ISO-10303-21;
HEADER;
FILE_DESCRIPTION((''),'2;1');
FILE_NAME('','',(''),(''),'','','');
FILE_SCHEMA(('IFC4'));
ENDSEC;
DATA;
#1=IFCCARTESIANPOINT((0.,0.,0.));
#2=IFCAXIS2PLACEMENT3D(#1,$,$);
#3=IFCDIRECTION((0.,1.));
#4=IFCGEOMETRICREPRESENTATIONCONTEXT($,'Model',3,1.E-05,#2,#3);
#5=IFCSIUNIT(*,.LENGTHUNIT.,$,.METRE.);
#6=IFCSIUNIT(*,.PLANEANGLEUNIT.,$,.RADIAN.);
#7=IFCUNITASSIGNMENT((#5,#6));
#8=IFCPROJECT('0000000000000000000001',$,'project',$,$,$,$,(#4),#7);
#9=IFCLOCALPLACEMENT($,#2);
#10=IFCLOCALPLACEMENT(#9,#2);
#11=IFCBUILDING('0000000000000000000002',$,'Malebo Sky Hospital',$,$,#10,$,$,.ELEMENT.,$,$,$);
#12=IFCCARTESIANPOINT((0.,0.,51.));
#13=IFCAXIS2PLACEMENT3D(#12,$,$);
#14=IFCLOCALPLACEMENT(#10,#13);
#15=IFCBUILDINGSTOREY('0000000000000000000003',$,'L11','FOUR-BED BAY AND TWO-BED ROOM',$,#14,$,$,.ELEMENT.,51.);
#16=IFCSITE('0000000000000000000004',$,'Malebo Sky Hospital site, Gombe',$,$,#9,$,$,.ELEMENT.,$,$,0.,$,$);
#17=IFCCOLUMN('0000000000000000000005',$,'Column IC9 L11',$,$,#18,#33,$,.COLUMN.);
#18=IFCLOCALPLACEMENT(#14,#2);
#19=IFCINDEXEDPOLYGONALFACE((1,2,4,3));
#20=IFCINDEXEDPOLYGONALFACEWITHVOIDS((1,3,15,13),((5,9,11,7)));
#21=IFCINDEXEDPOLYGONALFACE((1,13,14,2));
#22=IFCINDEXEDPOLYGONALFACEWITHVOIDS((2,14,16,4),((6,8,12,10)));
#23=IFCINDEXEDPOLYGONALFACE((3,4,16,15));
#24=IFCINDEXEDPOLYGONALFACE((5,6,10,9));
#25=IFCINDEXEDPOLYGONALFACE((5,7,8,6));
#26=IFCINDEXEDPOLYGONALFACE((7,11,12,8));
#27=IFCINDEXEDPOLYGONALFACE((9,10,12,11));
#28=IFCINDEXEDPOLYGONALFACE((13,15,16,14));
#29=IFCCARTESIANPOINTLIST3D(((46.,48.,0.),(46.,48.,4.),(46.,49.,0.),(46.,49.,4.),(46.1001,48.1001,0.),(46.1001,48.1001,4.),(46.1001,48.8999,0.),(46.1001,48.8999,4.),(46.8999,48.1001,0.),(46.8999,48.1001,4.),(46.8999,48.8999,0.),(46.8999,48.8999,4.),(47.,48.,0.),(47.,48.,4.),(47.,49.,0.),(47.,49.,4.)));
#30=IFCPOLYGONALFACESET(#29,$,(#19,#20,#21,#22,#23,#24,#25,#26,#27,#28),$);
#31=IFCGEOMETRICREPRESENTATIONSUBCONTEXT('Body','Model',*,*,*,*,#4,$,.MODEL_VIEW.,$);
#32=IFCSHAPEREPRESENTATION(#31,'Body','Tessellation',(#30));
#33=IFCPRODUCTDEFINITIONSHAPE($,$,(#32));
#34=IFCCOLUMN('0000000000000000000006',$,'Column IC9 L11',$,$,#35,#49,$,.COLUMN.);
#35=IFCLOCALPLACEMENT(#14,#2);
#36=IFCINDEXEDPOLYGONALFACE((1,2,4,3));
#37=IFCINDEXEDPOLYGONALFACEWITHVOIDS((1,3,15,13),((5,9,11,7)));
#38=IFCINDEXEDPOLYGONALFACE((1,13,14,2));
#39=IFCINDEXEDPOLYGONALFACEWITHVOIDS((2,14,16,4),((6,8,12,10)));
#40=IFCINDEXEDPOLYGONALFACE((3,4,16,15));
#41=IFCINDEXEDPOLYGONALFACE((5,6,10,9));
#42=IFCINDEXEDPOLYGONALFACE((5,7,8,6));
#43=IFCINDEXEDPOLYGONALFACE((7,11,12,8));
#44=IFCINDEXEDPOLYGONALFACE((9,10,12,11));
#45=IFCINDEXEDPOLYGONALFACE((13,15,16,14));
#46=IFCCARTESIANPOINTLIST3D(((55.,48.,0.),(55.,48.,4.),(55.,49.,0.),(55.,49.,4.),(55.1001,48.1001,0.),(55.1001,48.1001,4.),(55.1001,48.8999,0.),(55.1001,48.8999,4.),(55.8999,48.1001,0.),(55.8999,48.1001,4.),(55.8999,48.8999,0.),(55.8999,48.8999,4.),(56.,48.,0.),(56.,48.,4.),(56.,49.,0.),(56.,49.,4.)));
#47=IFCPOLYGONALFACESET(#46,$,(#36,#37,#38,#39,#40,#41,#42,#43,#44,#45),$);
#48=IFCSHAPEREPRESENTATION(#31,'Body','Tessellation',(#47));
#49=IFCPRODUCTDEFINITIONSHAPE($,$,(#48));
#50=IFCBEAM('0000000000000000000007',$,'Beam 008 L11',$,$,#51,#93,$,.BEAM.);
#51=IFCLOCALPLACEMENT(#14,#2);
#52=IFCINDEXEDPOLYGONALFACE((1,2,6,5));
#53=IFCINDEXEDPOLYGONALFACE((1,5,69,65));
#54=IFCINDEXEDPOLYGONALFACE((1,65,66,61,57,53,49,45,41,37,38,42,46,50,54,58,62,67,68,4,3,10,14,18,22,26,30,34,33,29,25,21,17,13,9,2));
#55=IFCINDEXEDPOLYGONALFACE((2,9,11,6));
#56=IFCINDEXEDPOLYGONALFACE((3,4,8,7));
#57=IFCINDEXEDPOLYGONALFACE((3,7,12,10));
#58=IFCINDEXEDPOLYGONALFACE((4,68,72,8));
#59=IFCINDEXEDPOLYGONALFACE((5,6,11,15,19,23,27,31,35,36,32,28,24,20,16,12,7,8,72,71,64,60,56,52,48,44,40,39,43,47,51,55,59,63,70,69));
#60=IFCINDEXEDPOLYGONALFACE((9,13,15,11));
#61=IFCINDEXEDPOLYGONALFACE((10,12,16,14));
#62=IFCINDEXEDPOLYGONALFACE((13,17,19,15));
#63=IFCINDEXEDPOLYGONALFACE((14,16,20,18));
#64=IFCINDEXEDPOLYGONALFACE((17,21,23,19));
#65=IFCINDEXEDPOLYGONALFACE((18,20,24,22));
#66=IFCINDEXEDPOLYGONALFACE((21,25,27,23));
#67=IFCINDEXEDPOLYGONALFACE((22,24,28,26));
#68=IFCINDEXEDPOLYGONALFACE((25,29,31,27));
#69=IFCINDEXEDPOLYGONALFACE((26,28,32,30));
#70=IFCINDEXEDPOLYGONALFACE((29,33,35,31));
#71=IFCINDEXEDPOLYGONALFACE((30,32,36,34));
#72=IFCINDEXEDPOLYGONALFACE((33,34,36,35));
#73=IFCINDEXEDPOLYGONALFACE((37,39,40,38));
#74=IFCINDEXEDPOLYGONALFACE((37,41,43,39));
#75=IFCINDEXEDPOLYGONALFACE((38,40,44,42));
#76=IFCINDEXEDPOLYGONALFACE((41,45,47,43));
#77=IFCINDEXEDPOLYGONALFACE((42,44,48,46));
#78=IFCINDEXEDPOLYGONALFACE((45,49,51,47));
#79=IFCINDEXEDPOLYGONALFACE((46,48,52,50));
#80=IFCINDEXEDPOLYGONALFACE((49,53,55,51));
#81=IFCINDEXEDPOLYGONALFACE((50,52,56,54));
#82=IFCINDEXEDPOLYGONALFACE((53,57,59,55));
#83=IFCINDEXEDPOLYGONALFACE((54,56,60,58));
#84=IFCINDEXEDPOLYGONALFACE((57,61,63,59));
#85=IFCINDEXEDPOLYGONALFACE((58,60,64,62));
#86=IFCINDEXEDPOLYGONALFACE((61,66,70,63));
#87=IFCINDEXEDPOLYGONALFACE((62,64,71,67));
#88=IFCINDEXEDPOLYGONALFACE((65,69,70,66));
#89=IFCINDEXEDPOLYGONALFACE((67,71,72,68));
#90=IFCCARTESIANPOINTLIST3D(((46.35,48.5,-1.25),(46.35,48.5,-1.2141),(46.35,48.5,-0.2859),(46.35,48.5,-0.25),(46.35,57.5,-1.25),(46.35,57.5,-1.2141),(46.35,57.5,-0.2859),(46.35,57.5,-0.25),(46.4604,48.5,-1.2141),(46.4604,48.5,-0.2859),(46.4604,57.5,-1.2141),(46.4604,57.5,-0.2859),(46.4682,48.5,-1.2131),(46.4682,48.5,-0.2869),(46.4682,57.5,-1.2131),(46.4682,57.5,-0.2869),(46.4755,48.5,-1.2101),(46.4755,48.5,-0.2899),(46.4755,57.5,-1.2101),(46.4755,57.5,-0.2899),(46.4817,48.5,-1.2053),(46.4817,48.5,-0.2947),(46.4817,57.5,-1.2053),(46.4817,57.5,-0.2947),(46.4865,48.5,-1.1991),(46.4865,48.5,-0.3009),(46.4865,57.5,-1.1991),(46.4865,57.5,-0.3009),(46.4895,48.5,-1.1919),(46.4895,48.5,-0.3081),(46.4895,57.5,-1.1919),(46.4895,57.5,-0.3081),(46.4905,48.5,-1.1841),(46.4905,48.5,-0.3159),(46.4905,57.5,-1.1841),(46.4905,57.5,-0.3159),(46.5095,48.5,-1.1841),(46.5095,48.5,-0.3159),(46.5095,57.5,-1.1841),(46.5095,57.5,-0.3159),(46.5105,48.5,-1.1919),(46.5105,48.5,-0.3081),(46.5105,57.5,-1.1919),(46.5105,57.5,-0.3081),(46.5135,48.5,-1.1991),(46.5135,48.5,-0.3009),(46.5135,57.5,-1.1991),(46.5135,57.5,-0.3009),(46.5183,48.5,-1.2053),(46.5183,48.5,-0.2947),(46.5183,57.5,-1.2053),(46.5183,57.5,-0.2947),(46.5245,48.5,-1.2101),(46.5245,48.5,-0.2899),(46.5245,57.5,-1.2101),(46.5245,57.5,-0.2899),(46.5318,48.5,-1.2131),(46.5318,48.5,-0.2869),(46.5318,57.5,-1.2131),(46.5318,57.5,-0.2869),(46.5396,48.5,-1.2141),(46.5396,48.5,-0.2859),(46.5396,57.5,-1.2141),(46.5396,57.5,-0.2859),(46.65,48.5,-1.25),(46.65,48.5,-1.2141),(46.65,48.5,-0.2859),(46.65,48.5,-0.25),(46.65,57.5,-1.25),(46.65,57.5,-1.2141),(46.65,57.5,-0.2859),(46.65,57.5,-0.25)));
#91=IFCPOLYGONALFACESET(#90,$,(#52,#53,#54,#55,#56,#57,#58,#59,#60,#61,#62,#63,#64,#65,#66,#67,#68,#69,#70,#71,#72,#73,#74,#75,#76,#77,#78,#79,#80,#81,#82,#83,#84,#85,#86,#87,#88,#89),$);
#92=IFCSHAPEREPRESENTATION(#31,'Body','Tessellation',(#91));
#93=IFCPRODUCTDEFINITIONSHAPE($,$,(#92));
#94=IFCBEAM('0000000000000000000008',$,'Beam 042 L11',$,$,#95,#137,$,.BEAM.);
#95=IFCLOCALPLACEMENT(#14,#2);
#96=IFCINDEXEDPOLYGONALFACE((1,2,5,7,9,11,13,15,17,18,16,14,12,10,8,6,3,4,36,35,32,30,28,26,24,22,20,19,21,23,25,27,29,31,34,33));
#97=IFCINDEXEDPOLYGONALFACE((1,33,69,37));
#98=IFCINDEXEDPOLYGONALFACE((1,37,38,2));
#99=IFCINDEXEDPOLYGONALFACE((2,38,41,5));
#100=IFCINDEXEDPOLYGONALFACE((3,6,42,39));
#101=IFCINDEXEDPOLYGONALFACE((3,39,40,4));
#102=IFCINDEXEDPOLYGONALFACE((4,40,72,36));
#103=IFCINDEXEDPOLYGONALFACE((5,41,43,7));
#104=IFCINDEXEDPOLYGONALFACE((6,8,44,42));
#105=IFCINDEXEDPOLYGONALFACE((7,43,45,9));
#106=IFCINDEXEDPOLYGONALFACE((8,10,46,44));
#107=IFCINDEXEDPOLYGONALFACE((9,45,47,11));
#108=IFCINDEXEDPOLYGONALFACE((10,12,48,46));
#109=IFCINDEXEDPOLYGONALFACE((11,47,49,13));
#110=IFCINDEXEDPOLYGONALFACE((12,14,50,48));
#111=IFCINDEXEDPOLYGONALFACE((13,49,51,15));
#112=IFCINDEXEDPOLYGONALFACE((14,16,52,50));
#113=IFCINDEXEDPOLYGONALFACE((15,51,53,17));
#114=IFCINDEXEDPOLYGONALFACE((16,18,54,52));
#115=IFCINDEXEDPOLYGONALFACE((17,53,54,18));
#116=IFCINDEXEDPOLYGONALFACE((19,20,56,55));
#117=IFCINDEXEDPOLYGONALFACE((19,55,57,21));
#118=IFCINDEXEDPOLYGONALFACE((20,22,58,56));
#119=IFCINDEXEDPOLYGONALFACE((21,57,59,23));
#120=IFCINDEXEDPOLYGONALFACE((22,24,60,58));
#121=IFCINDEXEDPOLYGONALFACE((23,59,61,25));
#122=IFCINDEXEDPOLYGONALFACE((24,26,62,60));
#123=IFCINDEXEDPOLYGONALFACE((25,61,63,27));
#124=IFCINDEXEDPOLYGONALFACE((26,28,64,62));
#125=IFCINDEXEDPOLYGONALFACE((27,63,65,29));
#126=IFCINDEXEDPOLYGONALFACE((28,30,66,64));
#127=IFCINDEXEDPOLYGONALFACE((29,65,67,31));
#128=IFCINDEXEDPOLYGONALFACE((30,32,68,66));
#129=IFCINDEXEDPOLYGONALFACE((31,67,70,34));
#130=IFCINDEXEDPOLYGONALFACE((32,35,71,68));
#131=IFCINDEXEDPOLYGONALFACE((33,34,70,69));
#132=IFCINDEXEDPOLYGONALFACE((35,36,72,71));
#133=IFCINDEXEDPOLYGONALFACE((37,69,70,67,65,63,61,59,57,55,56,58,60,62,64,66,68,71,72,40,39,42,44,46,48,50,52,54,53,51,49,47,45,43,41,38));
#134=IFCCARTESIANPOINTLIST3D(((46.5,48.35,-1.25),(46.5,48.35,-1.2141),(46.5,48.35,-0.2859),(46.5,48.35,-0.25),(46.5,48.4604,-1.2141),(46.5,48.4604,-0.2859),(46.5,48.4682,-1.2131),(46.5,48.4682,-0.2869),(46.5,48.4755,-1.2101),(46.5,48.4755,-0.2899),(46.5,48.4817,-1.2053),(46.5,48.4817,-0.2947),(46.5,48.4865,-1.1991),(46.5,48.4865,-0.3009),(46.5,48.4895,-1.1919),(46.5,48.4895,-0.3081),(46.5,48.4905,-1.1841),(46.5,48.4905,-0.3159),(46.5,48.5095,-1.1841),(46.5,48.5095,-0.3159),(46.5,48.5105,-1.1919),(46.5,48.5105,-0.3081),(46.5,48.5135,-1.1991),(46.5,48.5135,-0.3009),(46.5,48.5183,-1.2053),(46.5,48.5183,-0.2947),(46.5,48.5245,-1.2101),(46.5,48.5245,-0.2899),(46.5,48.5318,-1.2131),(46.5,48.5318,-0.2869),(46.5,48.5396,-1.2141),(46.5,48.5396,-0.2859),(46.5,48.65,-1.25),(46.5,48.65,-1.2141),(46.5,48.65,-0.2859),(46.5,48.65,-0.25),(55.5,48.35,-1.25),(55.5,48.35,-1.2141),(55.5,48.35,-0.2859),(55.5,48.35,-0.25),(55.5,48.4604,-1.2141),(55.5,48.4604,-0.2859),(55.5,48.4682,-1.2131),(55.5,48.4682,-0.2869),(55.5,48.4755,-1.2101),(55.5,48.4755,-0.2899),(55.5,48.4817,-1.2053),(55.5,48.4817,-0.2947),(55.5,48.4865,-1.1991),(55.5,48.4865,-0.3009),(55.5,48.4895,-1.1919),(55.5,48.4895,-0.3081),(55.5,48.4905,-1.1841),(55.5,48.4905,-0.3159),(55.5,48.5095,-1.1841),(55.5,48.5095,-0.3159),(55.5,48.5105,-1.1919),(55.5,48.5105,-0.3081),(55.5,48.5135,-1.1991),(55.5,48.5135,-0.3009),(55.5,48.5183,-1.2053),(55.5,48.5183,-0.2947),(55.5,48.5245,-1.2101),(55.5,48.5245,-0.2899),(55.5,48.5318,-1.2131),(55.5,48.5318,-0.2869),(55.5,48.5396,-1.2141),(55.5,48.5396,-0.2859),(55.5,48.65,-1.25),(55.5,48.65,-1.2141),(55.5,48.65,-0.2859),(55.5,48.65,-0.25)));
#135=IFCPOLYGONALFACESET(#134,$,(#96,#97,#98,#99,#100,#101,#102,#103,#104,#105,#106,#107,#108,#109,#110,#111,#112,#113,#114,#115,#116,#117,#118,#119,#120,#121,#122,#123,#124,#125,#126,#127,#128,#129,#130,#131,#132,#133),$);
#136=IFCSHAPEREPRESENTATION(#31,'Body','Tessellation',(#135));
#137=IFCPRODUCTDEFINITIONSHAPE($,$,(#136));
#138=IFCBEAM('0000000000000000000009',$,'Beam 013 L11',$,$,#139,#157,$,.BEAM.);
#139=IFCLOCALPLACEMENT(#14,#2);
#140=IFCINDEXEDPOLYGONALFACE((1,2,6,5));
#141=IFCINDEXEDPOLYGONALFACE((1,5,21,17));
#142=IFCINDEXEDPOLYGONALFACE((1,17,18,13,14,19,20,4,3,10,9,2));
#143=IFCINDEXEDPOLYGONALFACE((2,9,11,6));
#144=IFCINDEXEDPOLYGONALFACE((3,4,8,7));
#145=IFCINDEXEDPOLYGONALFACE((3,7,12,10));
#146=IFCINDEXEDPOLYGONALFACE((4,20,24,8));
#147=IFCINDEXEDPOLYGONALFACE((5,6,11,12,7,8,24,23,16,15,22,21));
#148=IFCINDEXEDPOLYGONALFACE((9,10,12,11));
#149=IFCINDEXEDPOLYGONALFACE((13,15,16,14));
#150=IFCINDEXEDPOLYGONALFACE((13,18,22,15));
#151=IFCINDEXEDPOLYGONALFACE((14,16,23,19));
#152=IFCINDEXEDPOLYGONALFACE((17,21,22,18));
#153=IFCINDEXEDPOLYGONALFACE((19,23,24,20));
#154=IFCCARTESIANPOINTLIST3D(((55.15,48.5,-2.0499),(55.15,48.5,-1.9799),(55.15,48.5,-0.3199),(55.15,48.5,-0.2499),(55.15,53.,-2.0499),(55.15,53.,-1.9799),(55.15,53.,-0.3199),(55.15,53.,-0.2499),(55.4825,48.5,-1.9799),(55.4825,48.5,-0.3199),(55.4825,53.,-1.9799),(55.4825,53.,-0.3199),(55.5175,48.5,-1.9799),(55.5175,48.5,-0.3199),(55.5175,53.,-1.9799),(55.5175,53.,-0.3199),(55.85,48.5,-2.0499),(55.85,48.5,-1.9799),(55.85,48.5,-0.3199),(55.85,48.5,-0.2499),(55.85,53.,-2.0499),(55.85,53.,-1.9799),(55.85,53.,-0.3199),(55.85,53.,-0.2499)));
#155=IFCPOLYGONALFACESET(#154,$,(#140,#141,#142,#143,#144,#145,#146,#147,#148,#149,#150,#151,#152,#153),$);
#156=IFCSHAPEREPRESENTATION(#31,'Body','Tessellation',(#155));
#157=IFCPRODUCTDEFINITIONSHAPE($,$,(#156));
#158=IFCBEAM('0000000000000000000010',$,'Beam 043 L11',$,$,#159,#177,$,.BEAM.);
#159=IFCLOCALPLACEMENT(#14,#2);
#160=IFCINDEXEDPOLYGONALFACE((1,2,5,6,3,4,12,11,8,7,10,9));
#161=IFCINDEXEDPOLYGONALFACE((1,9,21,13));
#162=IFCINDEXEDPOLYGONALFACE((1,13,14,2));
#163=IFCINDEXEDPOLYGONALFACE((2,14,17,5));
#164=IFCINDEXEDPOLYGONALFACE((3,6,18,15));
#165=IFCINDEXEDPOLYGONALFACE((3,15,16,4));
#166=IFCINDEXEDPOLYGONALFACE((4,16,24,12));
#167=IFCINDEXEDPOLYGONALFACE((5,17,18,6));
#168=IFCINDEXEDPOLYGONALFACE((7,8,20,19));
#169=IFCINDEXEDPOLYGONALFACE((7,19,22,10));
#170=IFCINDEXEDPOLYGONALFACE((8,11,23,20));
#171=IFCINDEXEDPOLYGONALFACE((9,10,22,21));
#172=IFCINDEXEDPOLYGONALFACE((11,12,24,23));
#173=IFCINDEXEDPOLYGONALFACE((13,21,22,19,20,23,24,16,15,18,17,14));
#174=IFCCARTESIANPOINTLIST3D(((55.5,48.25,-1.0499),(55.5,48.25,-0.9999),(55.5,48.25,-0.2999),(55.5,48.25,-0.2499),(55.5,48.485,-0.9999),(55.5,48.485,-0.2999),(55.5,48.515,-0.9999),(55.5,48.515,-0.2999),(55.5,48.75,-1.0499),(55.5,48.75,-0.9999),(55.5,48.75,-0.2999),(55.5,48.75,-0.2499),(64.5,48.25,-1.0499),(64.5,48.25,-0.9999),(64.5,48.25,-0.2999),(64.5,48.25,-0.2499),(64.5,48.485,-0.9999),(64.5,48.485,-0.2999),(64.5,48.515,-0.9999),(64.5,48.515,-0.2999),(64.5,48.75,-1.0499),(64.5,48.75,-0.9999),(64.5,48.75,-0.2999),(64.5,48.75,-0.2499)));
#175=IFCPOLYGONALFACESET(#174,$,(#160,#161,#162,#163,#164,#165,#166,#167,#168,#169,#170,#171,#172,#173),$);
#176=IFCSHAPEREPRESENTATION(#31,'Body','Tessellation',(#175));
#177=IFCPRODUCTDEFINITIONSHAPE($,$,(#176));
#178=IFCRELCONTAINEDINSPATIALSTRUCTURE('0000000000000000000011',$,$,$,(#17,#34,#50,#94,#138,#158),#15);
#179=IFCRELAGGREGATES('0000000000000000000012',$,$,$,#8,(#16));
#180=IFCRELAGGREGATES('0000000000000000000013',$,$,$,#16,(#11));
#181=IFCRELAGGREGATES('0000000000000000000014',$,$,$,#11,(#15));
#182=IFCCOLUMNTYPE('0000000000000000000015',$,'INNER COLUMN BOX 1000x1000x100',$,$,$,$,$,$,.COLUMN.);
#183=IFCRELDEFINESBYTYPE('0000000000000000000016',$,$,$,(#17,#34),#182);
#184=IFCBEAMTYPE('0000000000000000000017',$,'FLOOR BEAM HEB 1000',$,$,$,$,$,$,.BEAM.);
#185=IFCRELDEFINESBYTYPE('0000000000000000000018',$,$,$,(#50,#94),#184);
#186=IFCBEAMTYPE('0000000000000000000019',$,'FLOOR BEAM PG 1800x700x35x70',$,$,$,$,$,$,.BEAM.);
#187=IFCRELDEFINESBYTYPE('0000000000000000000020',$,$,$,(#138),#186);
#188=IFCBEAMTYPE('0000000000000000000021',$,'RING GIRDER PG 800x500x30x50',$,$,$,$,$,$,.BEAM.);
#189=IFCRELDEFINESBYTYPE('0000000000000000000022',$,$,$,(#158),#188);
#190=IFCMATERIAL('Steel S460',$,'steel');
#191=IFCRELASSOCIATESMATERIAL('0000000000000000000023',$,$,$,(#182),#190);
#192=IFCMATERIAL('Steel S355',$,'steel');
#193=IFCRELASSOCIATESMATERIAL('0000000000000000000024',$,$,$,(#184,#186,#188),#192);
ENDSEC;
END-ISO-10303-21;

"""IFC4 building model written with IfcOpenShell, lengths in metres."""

from ifc_helpers import new_model, si_unit, direction, frame, origin, origin_2d, place, context, subcontext, project, spatial, hollow_rectangle, i_section, extrude, material, material_profile, profile_set, type_object, element, save


model = new_model("IFC4")

# Units and contexts
model_context = context("Model", 3, precision=1e-05, world=origin(), true_north=direction((0.0, 1.0)))
body_context = subcontext(model_context, "Body", "Model", "MODEL_VIEW")
ifc_project = project(units=[si_unit("LENGTHUNIT", "METRE"), si_unit("PLANEANGLEUNIT", "RADIAN")], contexts=[model_context])

# Site, building, storey
site_placement = place(None, origin())
site = spatial("IfcSite", under=ifc_project, at=site_placement, Name="Malebo Sky Hospital site, Gombe", CompositionType="ELEMENT", RefElevation=0.0)
building_placement = place(site_placement, origin())
building = spatial("IfcBuilding", under=site, at=building_placement, Name="Malebo Sky Hospital", CompositionType="ELEMENT")
storey_placement = place(building_placement, frame((0.0, 0.0, 51.0)))
storey = spatial("IfcBuildingStorey", under=building, at=storey_placement, Name="L11", Description="FOUR-BED BAY AND TWO-BED ROOM", CompositionType="ELEMENT", Elevation=51.0)

# Columns
ifc_material_1 = material(Name="Steel S460", Category="steel")
ifc_material_profile_1 = material_profile(ifc_material_1, hollow_rectangle(XDim=1.0, YDim=1.0, WallThickness=0.1001, at=origin_2d()), Name="BOX 1000x1000x100")
ifc_profile_set_1 = profile_set([ifc_material_profile_1], Name="Steel S460")
column_type = type_object("IfcColumnType", Name="INNER COLUMN BOX 1000x1000x100", PredefinedType="COLUMN", material=ifc_profile_set_1)
for number, where, z_axis, x_axis, name in (
    (1, (46.5, 48.5, 0.0), (0.0, 0.0, 1.0), (1.0, 0.0, 0.0), "Column IC9 L11"),
    (2, (55.5, 48.5, 0.0), (0.0, 0.0, 1.0), (1.0, 0.0, 0.0), "Column IC9 L11"),
):
    element("IfcColumn", number, at=place(storey_placement, frame(where, z_axis=z_axis, x_axis=x_axis)), inside=storey, type_object=column_type, Name=name, PredefinedType="COLUMN", context=body_context, shape_type="SweptSolid", body=[
        extrude(hollow_rectangle(XDim=1.0, YDim=1.0, WallThickness=0.1001, at=origin_2d()), origin(), (0.0, 0.0, 1.0), 4.0),
    ])

# Beams
ifc_material_2 = material(Name="Steel S355", Category="steel")
ifc_material_profile_2 = material_profile(ifc_material_2, i_section(OverallWidth=0.3, OverallDepth=1.0, WebThickness=0.019, FlangeThickness=0.0359, FilletRadius=0.03, at=origin_2d()), Name="HEB 1000")
ifc_profile_set_2 = profile_set([ifc_material_profile_2], Name="Steel S355")
beam_type_1 = type_object("IfcBeamType", Name="FLOOR BEAM HEB 1000", PredefinedType="BEAM", material=ifc_profile_set_2)
for number, where, z_axis, x_axis, name in (
    (3, (46.5, 48.5, -0.75), (0.0, 1.0, 0.0), (-1.0, 0.0, 0.0), "Beam 008 L11"),
    (4, (46.5, 48.5, -0.75), (1.0, 0.0, 0.0), (0.0, 1.0, 0.0), "Beam 042 L11"),
):
    element("IfcBeam", number, at=place(storey_placement, frame(where, z_axis=z_axis, x_axis=x_axis)), inside=storey, type_object=beam_type_1, Name=name, PredefinedType="BEAM", context=body_context, shape_type="SweptSolid", body=[
        extrude(i_section(OverallWidth=0.3, OverallDepth=1.0, WebThickness=0.019, FlangeThickness=0.0359, FilletRadius=0.03, at=origin_2d()), origin(), (0.0, 0.0, 1.0), 9.0),
    ])
ifc_material_profile_3 = material_profile(ifc_material_2, i_section(OverallWidth=0.7, OverallDepth=1.8, WebThickness=0.0349, FlangeThickness=0.0701, at=origin_2d()), Name="PG 1800x700x35x70")
ifc_profile_set_3 = profile_set([ifc_material_profile_3], Name="Steel S355")
beam_type_2 = type_object("IfcBeamType", Name="FLOOR BEAM PG 1800x700x35x70", PredefinedType="BEAM", material=ifc_profile_set_3)
beam_1_placement = place(storey_placement, frame((55.5, 48.5, -1.1499), z_axis=(0.0, 1.0, 0.0), x_axis=(-1.0, 0.0, 0.0)))
element("IfcBeam", 5, at=beam_1_placement, inside=storey, type_object=beam_type_2, Name="Beam 013 L11", PredefinedType="BEAM", context=body_context, shape_type="SweptSolid", body=[
    extrude(i_section(OverallWidth=0.7, OverallDepth=1.8, WebThickness=0.0349, FlangeThickness=0.0701, at=origin_2d()), origin(), (0.0, 0.0, 1.0), 4.5),
])
ifc_material_profile_4 = material_profile(ifc_material_2, i_section(OverallWidth=0.5, OverallDepth=0.8, WebThickness=0.03, FlangeThickness=0.05, at=origin_2d()), Name="PG 800x500x30x50")
ifc_profile_set_4 = profile_set([ifc_material_profile_4], Name="Steel S355")
beam_type_3 = type_object("IfcBeamType", Name="RING GIRDER PG 800x500x30x50", PredefinedType="BEAM", material=ifc_profile_set_4)
beam_2_placement = place(storey_placement, frame((55.5, 48.5, -0.6499), z_axis=(1.0, 0.0, 0.0), x_axis=(0.0, 1.0, 0.0)))
element("IfcBeam", 6, at=beam_2_placement, inside=storey, type_object=beam_type_3, Name="Beam 043 L11", PredefinedType="BEAM", context=body_context, shape_type="SweptSolid", body=[
    extrude(i_section(OverallWidth=0.5, OverallDepth=0.8, WebThickness=0.03, FlangeThickness=0.05, at=origin_2d()), origin(), (0.0, 0.0, 1.0), 9.0),
])

save(model, "model.ifc")
